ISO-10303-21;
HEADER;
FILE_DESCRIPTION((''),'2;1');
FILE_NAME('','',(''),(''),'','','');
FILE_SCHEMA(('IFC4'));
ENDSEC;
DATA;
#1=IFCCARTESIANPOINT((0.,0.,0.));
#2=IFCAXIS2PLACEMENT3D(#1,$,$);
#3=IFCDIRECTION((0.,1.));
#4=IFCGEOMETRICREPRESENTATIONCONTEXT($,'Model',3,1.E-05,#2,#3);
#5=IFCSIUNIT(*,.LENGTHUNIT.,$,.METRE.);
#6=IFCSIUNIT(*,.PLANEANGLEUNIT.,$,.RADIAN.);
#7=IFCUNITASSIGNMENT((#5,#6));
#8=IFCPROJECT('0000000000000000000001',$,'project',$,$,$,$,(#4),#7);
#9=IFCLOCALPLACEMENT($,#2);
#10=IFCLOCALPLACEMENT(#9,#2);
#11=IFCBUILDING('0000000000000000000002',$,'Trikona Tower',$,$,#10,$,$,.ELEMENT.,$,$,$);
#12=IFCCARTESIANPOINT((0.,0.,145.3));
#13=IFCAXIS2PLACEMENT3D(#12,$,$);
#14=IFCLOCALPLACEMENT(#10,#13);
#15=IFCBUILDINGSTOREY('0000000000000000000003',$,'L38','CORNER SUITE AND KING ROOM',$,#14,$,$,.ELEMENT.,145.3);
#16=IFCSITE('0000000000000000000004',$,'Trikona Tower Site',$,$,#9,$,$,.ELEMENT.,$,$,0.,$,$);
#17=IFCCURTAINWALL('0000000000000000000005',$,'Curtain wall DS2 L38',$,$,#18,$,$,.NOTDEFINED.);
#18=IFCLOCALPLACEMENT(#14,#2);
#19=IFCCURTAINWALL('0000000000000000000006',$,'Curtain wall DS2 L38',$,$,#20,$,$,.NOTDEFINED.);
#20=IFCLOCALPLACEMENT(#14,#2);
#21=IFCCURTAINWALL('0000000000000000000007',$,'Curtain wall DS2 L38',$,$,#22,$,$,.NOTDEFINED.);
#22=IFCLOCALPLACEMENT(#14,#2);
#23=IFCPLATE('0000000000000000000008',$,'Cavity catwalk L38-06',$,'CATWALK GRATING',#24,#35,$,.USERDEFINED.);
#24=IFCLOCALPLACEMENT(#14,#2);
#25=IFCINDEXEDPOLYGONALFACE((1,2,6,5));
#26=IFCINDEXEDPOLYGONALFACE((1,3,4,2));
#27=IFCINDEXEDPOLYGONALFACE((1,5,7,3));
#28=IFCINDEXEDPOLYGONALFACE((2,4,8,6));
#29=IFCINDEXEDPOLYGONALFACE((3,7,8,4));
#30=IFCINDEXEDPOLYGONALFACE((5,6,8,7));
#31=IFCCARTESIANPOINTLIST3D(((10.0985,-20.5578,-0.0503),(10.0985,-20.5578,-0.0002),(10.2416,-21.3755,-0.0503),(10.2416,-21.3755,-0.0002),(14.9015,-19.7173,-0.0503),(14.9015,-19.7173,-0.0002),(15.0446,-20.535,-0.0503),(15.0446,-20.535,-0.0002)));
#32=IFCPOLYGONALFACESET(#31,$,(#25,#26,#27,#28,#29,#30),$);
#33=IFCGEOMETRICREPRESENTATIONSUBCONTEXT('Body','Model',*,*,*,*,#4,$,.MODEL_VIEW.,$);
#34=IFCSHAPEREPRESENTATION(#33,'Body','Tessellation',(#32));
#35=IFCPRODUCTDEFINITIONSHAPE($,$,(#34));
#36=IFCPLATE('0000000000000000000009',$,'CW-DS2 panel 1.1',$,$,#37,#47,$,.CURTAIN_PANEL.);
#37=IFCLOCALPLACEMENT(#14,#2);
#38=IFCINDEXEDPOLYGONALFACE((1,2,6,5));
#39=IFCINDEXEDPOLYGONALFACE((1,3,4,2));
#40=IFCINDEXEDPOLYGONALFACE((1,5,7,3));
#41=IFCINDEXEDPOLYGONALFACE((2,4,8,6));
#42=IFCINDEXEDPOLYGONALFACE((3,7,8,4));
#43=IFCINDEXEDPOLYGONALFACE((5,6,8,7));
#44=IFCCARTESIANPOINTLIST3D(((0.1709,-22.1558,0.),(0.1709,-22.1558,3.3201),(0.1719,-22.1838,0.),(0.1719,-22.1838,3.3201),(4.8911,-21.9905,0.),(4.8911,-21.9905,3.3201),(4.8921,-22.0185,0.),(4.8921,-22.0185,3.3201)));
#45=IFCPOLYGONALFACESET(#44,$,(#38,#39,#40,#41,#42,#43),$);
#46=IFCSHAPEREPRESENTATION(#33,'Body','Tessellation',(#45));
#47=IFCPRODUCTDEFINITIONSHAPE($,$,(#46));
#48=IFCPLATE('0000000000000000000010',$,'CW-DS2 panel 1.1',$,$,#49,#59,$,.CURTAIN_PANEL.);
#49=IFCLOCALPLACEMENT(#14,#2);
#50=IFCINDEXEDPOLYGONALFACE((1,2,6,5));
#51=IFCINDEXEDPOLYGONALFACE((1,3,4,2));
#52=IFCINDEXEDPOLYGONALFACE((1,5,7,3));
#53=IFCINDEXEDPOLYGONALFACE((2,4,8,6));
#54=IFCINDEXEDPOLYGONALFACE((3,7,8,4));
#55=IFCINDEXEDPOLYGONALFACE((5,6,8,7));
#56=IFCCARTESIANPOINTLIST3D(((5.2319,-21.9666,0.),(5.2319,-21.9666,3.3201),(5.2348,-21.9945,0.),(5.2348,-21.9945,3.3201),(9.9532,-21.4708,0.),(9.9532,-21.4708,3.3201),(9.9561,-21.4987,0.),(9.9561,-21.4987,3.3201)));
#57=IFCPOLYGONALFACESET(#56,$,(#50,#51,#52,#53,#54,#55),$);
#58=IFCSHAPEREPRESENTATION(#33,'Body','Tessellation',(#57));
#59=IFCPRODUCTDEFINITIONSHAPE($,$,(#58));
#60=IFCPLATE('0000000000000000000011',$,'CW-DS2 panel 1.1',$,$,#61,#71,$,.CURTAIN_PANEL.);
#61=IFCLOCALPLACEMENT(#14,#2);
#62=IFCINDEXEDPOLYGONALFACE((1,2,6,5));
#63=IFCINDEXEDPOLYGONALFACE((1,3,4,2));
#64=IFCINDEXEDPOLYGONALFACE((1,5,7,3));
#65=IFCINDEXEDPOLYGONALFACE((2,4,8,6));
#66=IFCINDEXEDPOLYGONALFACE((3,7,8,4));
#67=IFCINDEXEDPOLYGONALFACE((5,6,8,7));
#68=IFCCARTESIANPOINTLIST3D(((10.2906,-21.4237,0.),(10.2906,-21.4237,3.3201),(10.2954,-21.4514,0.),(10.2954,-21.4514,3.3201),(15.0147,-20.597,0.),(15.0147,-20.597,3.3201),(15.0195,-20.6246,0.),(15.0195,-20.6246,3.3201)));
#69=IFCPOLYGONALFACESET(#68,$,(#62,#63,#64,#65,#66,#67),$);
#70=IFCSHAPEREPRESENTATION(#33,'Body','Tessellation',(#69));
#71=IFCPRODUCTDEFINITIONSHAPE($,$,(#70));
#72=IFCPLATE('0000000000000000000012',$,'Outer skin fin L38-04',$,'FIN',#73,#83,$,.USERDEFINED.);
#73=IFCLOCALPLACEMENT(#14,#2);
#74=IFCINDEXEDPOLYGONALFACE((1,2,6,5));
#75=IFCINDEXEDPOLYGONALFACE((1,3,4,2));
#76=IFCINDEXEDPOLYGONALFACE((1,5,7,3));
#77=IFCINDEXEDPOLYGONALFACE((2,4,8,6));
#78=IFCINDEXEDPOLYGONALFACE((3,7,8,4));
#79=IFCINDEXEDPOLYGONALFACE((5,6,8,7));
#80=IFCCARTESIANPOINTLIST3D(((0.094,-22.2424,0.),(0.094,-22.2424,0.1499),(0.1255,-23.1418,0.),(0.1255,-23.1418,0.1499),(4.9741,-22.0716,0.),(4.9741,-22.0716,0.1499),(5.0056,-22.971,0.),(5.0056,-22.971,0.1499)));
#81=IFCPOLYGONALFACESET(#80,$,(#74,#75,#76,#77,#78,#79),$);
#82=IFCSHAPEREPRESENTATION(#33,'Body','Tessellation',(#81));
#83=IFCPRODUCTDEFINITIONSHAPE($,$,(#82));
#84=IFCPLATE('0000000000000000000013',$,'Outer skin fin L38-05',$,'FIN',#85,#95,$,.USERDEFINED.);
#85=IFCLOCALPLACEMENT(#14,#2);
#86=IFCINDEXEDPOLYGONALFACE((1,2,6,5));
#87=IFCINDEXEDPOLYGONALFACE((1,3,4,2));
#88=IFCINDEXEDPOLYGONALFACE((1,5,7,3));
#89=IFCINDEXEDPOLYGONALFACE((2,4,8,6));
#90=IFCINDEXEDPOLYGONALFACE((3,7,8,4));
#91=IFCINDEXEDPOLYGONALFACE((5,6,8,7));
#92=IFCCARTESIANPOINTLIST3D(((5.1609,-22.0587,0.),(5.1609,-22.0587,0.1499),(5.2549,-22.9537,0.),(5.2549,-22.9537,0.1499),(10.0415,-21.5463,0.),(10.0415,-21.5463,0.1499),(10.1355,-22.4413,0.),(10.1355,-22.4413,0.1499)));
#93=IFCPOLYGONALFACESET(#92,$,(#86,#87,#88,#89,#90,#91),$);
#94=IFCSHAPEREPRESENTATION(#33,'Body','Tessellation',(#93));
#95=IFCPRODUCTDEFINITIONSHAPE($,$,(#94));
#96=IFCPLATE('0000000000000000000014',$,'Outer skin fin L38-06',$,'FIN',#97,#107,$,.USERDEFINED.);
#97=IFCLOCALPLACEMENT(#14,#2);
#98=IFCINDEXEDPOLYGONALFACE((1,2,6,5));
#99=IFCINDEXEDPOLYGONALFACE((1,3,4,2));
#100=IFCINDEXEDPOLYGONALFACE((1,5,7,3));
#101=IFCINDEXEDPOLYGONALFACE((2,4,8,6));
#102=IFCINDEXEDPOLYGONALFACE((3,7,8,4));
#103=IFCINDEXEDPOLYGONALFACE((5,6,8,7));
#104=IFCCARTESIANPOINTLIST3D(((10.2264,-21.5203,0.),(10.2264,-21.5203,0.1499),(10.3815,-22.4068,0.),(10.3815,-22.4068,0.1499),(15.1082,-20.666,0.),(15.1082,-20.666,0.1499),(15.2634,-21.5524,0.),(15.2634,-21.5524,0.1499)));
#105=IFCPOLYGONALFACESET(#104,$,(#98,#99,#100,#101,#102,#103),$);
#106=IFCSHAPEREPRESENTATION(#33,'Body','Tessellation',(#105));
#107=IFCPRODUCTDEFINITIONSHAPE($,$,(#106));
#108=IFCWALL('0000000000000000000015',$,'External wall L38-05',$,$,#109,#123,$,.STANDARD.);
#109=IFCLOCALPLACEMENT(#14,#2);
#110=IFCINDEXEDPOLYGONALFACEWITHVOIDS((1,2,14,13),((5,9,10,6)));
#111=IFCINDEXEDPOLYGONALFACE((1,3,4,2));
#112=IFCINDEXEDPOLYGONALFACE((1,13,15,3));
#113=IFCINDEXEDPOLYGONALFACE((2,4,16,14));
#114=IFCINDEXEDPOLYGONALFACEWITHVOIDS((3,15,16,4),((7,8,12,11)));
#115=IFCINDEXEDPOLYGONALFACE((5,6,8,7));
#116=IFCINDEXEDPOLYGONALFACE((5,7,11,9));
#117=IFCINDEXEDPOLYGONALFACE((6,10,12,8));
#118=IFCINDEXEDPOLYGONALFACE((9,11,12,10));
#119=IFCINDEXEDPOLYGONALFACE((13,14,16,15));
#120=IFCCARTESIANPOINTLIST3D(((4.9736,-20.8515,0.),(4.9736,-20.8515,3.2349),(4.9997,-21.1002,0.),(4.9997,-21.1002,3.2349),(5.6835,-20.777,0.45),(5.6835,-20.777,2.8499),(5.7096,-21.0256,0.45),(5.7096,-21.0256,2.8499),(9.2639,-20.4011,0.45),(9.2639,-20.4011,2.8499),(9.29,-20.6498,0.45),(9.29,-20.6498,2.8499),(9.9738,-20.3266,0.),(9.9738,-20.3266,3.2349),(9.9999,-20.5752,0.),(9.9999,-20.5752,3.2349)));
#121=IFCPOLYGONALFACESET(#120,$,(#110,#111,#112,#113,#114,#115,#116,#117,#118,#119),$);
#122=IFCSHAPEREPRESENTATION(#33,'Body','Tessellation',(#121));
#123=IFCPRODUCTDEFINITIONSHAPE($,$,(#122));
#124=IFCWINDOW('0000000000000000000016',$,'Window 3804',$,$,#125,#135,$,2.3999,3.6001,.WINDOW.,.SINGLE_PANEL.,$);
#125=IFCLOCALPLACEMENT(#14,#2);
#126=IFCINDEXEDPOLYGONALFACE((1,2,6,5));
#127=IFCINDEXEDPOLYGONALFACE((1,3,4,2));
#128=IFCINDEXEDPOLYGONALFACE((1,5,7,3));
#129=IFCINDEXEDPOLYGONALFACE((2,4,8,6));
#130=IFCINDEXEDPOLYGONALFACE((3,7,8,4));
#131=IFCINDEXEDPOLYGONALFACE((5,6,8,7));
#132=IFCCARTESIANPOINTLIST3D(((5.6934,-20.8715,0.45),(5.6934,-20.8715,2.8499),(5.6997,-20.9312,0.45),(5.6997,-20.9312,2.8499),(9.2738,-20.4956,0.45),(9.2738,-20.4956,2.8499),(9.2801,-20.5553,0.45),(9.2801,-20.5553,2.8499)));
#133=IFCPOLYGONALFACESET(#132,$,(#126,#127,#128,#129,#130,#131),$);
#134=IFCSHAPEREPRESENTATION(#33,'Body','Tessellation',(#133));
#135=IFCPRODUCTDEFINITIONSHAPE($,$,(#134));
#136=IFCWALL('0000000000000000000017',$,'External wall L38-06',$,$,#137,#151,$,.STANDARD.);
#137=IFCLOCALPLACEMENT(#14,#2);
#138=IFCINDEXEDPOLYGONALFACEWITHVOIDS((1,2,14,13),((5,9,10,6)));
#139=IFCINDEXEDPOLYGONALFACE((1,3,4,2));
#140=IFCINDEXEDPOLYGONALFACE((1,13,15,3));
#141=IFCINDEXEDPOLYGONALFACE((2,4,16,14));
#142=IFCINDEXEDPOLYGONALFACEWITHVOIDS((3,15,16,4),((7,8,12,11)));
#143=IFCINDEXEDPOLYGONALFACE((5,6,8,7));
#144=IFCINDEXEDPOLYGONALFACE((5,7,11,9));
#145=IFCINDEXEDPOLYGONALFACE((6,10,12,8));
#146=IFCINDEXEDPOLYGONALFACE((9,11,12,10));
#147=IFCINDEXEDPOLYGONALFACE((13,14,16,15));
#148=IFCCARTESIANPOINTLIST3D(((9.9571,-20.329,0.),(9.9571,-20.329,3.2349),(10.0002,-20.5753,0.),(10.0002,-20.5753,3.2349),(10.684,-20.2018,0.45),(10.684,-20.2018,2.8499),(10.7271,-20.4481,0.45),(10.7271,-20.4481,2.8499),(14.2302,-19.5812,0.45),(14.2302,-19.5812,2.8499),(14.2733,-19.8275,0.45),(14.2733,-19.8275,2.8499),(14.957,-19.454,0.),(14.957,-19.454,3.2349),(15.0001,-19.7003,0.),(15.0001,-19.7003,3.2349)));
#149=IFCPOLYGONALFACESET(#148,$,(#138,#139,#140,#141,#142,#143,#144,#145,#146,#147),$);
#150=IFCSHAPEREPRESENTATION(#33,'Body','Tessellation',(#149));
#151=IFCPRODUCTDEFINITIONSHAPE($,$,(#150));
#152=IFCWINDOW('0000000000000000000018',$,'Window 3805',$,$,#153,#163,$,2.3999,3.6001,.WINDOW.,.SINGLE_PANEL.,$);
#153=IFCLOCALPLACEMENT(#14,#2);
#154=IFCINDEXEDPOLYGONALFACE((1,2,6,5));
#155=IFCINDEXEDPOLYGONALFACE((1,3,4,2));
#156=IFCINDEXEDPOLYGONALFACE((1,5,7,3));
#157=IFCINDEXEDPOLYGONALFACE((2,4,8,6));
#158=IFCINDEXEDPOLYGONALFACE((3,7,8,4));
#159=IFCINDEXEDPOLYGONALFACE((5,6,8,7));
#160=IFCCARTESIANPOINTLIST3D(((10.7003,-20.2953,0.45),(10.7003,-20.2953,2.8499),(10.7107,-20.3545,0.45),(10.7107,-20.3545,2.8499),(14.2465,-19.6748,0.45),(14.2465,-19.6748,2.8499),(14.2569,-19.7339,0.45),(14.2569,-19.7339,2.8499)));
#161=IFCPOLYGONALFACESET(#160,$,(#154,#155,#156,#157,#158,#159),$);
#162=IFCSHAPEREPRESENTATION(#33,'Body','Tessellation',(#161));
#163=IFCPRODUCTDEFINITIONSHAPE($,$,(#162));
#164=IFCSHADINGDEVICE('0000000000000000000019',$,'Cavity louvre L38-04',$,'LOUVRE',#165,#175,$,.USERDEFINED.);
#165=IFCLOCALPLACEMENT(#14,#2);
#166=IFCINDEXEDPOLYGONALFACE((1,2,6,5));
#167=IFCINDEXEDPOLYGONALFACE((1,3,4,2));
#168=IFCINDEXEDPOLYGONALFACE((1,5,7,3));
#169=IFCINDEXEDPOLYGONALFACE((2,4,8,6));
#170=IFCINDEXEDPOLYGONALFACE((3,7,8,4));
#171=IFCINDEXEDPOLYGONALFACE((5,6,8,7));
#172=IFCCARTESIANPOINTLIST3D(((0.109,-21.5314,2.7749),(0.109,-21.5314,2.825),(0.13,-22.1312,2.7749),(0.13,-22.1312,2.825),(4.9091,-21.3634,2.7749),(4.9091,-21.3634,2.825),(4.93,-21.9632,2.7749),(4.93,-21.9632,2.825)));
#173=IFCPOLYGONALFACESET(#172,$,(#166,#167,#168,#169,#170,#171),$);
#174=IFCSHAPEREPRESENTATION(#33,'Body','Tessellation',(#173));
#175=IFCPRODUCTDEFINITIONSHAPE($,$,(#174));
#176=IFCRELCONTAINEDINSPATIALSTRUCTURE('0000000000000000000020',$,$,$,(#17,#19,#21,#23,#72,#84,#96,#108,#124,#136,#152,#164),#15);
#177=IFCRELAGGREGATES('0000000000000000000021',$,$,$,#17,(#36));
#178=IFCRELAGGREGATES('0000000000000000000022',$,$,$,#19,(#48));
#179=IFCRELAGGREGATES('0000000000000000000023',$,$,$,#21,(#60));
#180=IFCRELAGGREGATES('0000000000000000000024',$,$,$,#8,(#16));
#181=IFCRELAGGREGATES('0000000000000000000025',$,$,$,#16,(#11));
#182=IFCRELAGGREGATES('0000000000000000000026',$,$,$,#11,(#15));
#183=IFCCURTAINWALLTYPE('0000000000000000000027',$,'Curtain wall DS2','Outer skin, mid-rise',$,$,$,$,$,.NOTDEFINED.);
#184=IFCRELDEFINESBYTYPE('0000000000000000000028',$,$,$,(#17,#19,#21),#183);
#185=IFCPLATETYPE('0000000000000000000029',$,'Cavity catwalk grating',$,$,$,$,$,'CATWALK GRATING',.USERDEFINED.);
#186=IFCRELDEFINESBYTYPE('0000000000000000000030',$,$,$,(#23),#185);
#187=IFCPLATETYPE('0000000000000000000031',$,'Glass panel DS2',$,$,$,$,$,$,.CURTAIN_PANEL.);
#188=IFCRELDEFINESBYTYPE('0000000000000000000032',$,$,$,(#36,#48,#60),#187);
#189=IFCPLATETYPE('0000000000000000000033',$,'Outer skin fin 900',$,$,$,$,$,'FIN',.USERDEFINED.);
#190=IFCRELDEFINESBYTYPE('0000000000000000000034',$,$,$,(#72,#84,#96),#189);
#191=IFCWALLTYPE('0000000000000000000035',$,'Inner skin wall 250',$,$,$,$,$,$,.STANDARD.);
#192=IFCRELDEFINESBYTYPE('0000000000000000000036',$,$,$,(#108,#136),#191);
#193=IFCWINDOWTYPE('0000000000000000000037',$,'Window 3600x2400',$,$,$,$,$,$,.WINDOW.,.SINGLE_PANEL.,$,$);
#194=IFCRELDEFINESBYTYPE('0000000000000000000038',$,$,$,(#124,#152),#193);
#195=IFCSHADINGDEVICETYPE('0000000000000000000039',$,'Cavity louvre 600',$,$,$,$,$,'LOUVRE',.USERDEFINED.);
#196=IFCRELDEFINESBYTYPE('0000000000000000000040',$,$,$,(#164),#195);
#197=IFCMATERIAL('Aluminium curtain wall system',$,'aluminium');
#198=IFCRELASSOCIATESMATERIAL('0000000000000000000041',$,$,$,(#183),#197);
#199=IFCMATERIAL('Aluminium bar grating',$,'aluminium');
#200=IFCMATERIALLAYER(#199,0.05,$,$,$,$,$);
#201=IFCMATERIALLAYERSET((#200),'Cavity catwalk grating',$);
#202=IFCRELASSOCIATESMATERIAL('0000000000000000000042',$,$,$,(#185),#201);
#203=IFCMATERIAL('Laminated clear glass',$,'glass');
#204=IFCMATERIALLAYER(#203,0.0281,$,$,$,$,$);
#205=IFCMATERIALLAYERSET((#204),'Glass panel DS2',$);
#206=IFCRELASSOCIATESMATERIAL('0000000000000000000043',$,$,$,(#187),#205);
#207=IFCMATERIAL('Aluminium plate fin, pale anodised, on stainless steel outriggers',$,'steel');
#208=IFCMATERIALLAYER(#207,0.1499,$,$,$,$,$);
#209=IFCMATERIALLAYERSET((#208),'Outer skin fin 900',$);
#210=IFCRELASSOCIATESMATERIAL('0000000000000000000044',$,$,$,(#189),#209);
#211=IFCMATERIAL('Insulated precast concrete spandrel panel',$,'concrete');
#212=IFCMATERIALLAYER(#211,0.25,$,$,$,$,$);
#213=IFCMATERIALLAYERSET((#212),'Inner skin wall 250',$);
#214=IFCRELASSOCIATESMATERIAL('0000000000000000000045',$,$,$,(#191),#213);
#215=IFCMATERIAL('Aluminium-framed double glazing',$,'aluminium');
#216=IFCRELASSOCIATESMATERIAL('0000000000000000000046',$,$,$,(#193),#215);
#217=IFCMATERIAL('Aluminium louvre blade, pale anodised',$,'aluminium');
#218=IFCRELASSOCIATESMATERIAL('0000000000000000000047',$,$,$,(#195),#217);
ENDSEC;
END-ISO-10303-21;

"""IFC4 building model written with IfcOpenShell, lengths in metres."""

from ifc_helpers import new_model, si_unit, direction, frame, frame_2d, origin, origin_2d, place, context, subcontext, project, spatial, rectangle, extrude, material, layer, layer_set, type_object, element, fill, aggregate, save


model = new_model("IFC4")

# Units and contexts
model_context = context("Model", 3, precision=1e-05, world=origin(), true_north=direction((0.0, 1.0)))
body_context = subcontext(model_context, "Body", "Model", "MODEL_VIEW")
ifc_project = project(units=[si_unit("LENGTHUNIT", "METRE"), si_unit("PLANEANGLEUNIT", "RADIAN")], contexts=[model_context])

# Site, building, storey
site_placement = place(None, origin())
site = spatial("IfcSite", under=ifc_project, at=site_placement, Name="Trikona Tower Site", CompositionType="ELEMENT", RefElevation=0.0)
building_placement = place(site_placement, origin())
building = spatial("IfcBuilding", under=site, at=building_placement, Name="Trikona Tower", CompositionType="ELEMENT")
storey_placement = place(building_placement, frame((0.0, 0.0, 145.3)))
storey = spatial("IfcBuildingStorey", under=building, at=storey_placement, Name="L38", Description="CORNER SUITE AND KING ROOM", CompositionType="ELEMENT", Elevation=145.3)

# Curtain walls
ifc_material_1 = material(Name="Aluminium curtain wall system", Category="aluminium")
curtain_wall_type = type_object("IfcCurtainWallType", Name="Curtain wall DS2", Description="Outer skin, mid-rise", PredefinedType="NOTDEFINED", material=ifc_material_1)
curtain_wall_1_placement = place(storey_placement, origin())
curtain_wall_1 = element("IfcCurtainWall", 1, at=curtain_wall_1_placement, inside=storey, type_object=curtain_wall_type, Name="Curtain wall DS2 L38", PredefinedType="NOTDEFINED")
curtain_wall_2_placement = place(storey_placement, origin())
curtain_wall_2 = element("IfcCurtainWall", 2, at=curtain_wall_2_placement, inside=storey, type_object=curtain_wall_type, Name="Curtain wall DS2 L38", PredefinedType="NOTDEFINED")

# Curtain wall
curtain_wall_3_placement = place(storey_placement, origin())
curtain_wall_3 = element("IfcCurtainWall", 3, at=curtain_wall_3_placement, inside=storey, type_object=curtain_wall_type, Name="Curtain wall DS2 L38", PredefinedType="NOTDEFINED")

# Plate
ifc_material_2 = material(Name="Aluminium bar grating", Category="aluminium")
ifc_layer_1 = layer(ifc_material_2, 0.05)
ifc_layer_set_1 = layer_set([ifc_layer_1], Name="Cavity catwalk grating")
plate_type_1 = type_object("IfcPlateType", Name="Cavity catwalk grating", ElementType="CATWALK GRATING", PredefinedType="USERDEFINED", material=ifc_layer_set_1)
plate_1_placement = place(storey_placement, frame((12.5715, -20.5464, -0.0503), z_axis=(0.0, 0.0, 1.0), x_axis=(0.985031, 0.17238, 0.0)))
element("IfcPlate", 4, at=plate_1_placement, inside=storey, type_object=plate_type_1, Name="Cavity catwalk L38-06", ObjectType="CATWALK GRATING", PredefinedType="USERDEFINED", context=body_context, shape_type="SweptSolid", body=[
    extrude(rectangle(XDim=4.876, YDim=0.8301, at=origin_2d()), origin(), (0.0, 0.0, 1.0), 0.05),
])

# Plates
ifc_material_3 = material(Name="Laminated clear glass", Category="glass")
ifc_layer_2 = layer(ifc_material_3, 0.0281)
ifc_layer_set_2 = layer_set([ifc_layer_2], Name="Glass panel DS2")
plate_type_2 = type_object("IfcPlateType", Name="Glass panel DS2", PredefinedType="CURTAIN_PANEL", material=ifc_layer_set_2)
plate_2_placement = place(storey_placement, frame((2.5315, -22.0872, 0.0), z_axis=(0.0, 0.0, 1.0), x_axis=(0.999387, 0.034998, 0.0)))
plate_2 = element("IfcPlate", 5, at=plate_2_placement, type_object=plate_type_2, Name="CW-DS2 panel 1.1", PredefinedType="CURTAIN_PANEL", context=body_context, shape_type="SweptSolid", body=[
    extrude(rectangle(XDim=4.7231, YDim=0.0281, at=origin_2d()), origin(), (0.0, 0.0, 1.0), 3.3201),
])
aggregate(curtain_wall_1, [plate_2])
plate_3_placement = place(storey_placement, frame((7.594, -21.7327, 0.0), z_axis=(0.0, 0.0, 1.0), x_axis=(0.994532, 0.104433, 0.0)))
plate_3 = element("IfcPlate", 6, at=plate_3_placement, type_object=plate_type_2, Name="CW-DS2 panel 1.1", PredefinedType="CURTAIN_PANEL", context=body_context, shape_type="SweptSolid", body=[
    extrude(rectangle(XDim=4.7473, YDim=0.0281, at=origin_2d()), origin(), (0.0, 0.0, 1.0), 3.3201),
])
aggregate(curtain_wall_2, [plate_3])
plate_4_placement = place(storey_placement, frame((12.655, -21.0242, 0.0), z_axis=(0.0, 0.0, 1.0), x_axis=(0.985031, 0.172377, 0.0)))
plate_4 = element("IfcPlate", 7, at=plate_4_placement, type_object=plate_type_2, Name="CW-DS2 panel 1.1", PredefinedType="CURTAIN_PANEL", context=body_context, shape_type="SweptSolid", body=[
    extrude(rectangle(XDim=4.7959, YDim=0.0281, at=origin_2d()), origin(), (0.0, 0.0, 1.0), 3.3201),
])
aggregate(curtain_wall_3, [plate_4])

# Plates
ifc_material_4 = material(Name="Aluminium plate fin, pale anodised, on stainless steel outriggers", Category="steel")
ifc_layer_3 = layer(ifc_material_4, 0.1499)
ifc_layer_set_3 = layer_set([ifc_layer_3], Name="Outer skin fin 900")
plate_type_3 = type_object("IfcPlateType", Name="Outer skin fin 900", ElementType="FIN", PredefinedType="USERDEFINED", material=ifc_layer_set_3)
plate_5_placement = place(storey_placement, frame((2.5498, -22.6067, 0.0), z_axis=(0.0, 0.0, 1.0), x_axis=(0.999388, 0.034978, 0.0)))
element("IfcPlate", 8, at=plate_5_placement, inside=storey, type_object=plate_type_3, Name="Outer skin fin L38-04", ObjectType="FIN", PredefinedType="USERDEFINED", context=body_context, shape_type="SweptSolid", body=[
    extrude(rectangle(XDim=4.8831, YDim=0.8999, at=origin_2d()), origin(), (0.0, 0.0, 1.0), 0.1499),
])
plate_6_placement = place(storey_placement, frame((7.6482, -22.25, 0.0), z_axis=(0.0, 0.0, 1.0), x_axis=(0.994533, 0.104426, 0.0)))
element("IfcPlate", 9, at=plate_6_placement, inside=storey, type_object=plate_type_3, Name="Outer skin fin L38-05", ObjectType="FIN", PredefinedType="USERDEFINED", context=body_context, shape_type="SweptSolid", body=[
    extrude(rectangle(XDim=4.9075, YDim=0.8999, at=origin_2d()), origin(), (0.0, 0.0, 1.0), 0.1499),
])
plate_7_placement = place(storey_placement, frame((12.7449, -21.5364, 0.0), z_axis=(0.0, 0.0, 1.0), x_axis=(0.985031, 0.17238, 0.0)))
element("IfcPlate", 10, at=plate_7_placement, inside=storey, type_object=plate_type_3, Name="Outer skin fin L38-06", ObjectType="FIN", PredefinedType="USERDEFINED", context=body_context, shape_type="SweptSolid", body=[
    extrude(rectangle(XDim=4.9561, YDim=0.8999, at=origin_2d()), origin(), (0.0, 0.0, 1.0), 0.1499),
])

# Walls, openings, windows
ifc_material_5 = material(Name="Insulated precast concrete spandrel panel", Category="concrete")
ifc_layer_4 = layer(ifc_material_5, 0.25)
ifc_layer_set_4 = layer_set([ifc_layer_4], Name="Inner skin wall 250")
wall_type = type_object("IfcWallType", Name="Inner skin wall 250", PredefinedType="STANDARD", material=ifc_layer_set_4)
wall_1_placement = place(storey_placement, frame((4.9868, -20.9758, 0.0), z_axis=(0.0, 0.0, 1.0), x_axis=(0.994535, 0.104407, 0.0)))
wall_1 = element("IfcWall", 11, at=wall_1_placement, inside=storey, type_object=wall_type, Name="External wall L38-05", PredefinedType="STANDARD", context=body_context, shape_type="SweptSolid", body=[
    extrude(rectangle(XDim=5.0276, YDim=0.25, at=frame_2d((2.5137, 0.0))), origin(), (0.0, 0.0, 1.0), 3.2349),
])
opening_1_placement = place(wall_1_placement, frame((0.7136, 0.0, 0.45)))
opening_1 = element("IfcOpeningElement", 12, at=opening_1_placement, cuts=wall_1, PredefinedType="OPENING", context=body_context, shape_type="SweptSolid", body=[
    extrude(rectangle(XDim=3.6001, YDim=2.3999, at=frame_2d((1.8, 1.2))), frame((0.0, 0.135, 0.0), z_axis=(0.0, -1.0, 0.0), x_axis=(1.0, 0.0, 0.0)), (0.0, 0.0, 1.0), 0.27),
])
ifc_material_6 = material(Name="Aluminium-framed double glazing", Category="aluminium")
window_type = type_object("IfcWindowType", Name="Window 3600x2400", PartitioningType="SINGLE_PANEL", PredefinedType="WINDOW", material=ifc_material_6)
window_1_placement = place(opening_1_placement, origin())
window_1 = element("IfcWindow", 13, at=window_1_placement, inside=storey, type_object=window_type, Name="Window 3804", OverallHeight=2.3999, OverallWidth=3.6001, PartitioningType="SINGLE_PANEL", PredefinedType="WINDOW", context=body_context, shape_type="SweptSolid", body=[
    extrude(rectangle(XDim=3.6001, YDim=2.3999, at=frame_2d((1.8, 1.2))), frame((0.0, 0.03, 0.0), z_axis=(0.0, -1.0, 0.0), x_axis=(1.0, 0.0, 0.0)), (0.0, 0.0, 1.0), 0.0601),
])
fill(opening_1, window_1)
wall_2_placement = place(storey_placement, frame((9.9785, -20.4521, 0.0), z_axis=(0.0, 0.0, 1.0), x_axis=(0.98503, 0.17238, 0.0)))
wall_2 = element("IfcWall", 14, at=wall_2_placement, inside=storey, type_object=wall_type, Name="External wall L38-06", PredefinedType="STANDARD", context=body_context, shape_type="SweptSolid", body=[
    extrude(rectangle(XDim=5.0759, YDim=0.25, at=frame_2d((2.5381, 0.0))), origin(), (0.0, 0.0, 1.0), 3.2349),
])
opening_2_placement = place(wall_2_placement, frame((0.738, 0.0, 0.45)))
opening_2 = element("IfcOpeningElement", 15, at=opening_2_placement, cuts=wall_2, PredefinedType="OPENING", context=body_context, shape_type="SweptSolid", body=[
    extrude(rectangle(XDim=3.6001, YDim=2.3999, at=frame_2d((1.8, 1.2))), frame((0.0, 0.135, 0.0), z_axis=(0.0, -1.0, 0.0), x_axis=(1.0, 0.0, 0.0)), (0.0, 0.0, 1.0), 0.27),
])
window_2_placement = place(opening_2_placement, origin())
window_2 = element("IfcWindow", 16, at=window_2_placement, inside=storey, type_object=window_type, Name="Window 3805", OverallHeight=2.3999, OverallWidth=3.6001, PartitioningType="SINGLE_PANEL", PredefinedType="WINDOW", context=body_context, shape_type="SweptSolid", body=[
    extrude(rectangle(XDim=3.6001, YDim=2.3999, at=frame_2d((1.8, 1.2))), frame((0.0, 0.03, 0.0), z_axis=(0.0, -1.0, 0.0), x_axis=(1.0, 0.0, 0.0)), (0.0, 0.0, 1.0), 0.0601),
])
fill(opening_2, window_2)

# Shading device
ifc_material_7 = material(Name="Aluminium louvre blade, pale anodised", Category="aluminium")
shading_device_type = type_object("IfcShadingDeviceType", Name="Cavity louvre 600", ElementType="LOUVRE", PredefinedType="USERDEFINED", material=ifc_material_7)
shading_device_1_placement = place(storey_placement, frame((2.5195, -21.7473, 2.7749), z_axis=(0.0, 0.0, 1.0), x_axis=(0.999388, 0.034978, 0.0)))
element("IfcShadingDevice", 17, at=shading_device_1_placement, inside=storey, type_object=shading_device_type, Name="Cavity louvre L38-04", ObjectType="LOUVRE", PredefinedType="USERDEFINED", context=body_context, shape_type="SweptSolid", body=[
    extrude(rectangle(XDim=4.803, YDim=0.6001, at=origin_2d()), origin(), (0.0, 0.0, 1.0), 0.05),
])

save(model, "model.ifc")
